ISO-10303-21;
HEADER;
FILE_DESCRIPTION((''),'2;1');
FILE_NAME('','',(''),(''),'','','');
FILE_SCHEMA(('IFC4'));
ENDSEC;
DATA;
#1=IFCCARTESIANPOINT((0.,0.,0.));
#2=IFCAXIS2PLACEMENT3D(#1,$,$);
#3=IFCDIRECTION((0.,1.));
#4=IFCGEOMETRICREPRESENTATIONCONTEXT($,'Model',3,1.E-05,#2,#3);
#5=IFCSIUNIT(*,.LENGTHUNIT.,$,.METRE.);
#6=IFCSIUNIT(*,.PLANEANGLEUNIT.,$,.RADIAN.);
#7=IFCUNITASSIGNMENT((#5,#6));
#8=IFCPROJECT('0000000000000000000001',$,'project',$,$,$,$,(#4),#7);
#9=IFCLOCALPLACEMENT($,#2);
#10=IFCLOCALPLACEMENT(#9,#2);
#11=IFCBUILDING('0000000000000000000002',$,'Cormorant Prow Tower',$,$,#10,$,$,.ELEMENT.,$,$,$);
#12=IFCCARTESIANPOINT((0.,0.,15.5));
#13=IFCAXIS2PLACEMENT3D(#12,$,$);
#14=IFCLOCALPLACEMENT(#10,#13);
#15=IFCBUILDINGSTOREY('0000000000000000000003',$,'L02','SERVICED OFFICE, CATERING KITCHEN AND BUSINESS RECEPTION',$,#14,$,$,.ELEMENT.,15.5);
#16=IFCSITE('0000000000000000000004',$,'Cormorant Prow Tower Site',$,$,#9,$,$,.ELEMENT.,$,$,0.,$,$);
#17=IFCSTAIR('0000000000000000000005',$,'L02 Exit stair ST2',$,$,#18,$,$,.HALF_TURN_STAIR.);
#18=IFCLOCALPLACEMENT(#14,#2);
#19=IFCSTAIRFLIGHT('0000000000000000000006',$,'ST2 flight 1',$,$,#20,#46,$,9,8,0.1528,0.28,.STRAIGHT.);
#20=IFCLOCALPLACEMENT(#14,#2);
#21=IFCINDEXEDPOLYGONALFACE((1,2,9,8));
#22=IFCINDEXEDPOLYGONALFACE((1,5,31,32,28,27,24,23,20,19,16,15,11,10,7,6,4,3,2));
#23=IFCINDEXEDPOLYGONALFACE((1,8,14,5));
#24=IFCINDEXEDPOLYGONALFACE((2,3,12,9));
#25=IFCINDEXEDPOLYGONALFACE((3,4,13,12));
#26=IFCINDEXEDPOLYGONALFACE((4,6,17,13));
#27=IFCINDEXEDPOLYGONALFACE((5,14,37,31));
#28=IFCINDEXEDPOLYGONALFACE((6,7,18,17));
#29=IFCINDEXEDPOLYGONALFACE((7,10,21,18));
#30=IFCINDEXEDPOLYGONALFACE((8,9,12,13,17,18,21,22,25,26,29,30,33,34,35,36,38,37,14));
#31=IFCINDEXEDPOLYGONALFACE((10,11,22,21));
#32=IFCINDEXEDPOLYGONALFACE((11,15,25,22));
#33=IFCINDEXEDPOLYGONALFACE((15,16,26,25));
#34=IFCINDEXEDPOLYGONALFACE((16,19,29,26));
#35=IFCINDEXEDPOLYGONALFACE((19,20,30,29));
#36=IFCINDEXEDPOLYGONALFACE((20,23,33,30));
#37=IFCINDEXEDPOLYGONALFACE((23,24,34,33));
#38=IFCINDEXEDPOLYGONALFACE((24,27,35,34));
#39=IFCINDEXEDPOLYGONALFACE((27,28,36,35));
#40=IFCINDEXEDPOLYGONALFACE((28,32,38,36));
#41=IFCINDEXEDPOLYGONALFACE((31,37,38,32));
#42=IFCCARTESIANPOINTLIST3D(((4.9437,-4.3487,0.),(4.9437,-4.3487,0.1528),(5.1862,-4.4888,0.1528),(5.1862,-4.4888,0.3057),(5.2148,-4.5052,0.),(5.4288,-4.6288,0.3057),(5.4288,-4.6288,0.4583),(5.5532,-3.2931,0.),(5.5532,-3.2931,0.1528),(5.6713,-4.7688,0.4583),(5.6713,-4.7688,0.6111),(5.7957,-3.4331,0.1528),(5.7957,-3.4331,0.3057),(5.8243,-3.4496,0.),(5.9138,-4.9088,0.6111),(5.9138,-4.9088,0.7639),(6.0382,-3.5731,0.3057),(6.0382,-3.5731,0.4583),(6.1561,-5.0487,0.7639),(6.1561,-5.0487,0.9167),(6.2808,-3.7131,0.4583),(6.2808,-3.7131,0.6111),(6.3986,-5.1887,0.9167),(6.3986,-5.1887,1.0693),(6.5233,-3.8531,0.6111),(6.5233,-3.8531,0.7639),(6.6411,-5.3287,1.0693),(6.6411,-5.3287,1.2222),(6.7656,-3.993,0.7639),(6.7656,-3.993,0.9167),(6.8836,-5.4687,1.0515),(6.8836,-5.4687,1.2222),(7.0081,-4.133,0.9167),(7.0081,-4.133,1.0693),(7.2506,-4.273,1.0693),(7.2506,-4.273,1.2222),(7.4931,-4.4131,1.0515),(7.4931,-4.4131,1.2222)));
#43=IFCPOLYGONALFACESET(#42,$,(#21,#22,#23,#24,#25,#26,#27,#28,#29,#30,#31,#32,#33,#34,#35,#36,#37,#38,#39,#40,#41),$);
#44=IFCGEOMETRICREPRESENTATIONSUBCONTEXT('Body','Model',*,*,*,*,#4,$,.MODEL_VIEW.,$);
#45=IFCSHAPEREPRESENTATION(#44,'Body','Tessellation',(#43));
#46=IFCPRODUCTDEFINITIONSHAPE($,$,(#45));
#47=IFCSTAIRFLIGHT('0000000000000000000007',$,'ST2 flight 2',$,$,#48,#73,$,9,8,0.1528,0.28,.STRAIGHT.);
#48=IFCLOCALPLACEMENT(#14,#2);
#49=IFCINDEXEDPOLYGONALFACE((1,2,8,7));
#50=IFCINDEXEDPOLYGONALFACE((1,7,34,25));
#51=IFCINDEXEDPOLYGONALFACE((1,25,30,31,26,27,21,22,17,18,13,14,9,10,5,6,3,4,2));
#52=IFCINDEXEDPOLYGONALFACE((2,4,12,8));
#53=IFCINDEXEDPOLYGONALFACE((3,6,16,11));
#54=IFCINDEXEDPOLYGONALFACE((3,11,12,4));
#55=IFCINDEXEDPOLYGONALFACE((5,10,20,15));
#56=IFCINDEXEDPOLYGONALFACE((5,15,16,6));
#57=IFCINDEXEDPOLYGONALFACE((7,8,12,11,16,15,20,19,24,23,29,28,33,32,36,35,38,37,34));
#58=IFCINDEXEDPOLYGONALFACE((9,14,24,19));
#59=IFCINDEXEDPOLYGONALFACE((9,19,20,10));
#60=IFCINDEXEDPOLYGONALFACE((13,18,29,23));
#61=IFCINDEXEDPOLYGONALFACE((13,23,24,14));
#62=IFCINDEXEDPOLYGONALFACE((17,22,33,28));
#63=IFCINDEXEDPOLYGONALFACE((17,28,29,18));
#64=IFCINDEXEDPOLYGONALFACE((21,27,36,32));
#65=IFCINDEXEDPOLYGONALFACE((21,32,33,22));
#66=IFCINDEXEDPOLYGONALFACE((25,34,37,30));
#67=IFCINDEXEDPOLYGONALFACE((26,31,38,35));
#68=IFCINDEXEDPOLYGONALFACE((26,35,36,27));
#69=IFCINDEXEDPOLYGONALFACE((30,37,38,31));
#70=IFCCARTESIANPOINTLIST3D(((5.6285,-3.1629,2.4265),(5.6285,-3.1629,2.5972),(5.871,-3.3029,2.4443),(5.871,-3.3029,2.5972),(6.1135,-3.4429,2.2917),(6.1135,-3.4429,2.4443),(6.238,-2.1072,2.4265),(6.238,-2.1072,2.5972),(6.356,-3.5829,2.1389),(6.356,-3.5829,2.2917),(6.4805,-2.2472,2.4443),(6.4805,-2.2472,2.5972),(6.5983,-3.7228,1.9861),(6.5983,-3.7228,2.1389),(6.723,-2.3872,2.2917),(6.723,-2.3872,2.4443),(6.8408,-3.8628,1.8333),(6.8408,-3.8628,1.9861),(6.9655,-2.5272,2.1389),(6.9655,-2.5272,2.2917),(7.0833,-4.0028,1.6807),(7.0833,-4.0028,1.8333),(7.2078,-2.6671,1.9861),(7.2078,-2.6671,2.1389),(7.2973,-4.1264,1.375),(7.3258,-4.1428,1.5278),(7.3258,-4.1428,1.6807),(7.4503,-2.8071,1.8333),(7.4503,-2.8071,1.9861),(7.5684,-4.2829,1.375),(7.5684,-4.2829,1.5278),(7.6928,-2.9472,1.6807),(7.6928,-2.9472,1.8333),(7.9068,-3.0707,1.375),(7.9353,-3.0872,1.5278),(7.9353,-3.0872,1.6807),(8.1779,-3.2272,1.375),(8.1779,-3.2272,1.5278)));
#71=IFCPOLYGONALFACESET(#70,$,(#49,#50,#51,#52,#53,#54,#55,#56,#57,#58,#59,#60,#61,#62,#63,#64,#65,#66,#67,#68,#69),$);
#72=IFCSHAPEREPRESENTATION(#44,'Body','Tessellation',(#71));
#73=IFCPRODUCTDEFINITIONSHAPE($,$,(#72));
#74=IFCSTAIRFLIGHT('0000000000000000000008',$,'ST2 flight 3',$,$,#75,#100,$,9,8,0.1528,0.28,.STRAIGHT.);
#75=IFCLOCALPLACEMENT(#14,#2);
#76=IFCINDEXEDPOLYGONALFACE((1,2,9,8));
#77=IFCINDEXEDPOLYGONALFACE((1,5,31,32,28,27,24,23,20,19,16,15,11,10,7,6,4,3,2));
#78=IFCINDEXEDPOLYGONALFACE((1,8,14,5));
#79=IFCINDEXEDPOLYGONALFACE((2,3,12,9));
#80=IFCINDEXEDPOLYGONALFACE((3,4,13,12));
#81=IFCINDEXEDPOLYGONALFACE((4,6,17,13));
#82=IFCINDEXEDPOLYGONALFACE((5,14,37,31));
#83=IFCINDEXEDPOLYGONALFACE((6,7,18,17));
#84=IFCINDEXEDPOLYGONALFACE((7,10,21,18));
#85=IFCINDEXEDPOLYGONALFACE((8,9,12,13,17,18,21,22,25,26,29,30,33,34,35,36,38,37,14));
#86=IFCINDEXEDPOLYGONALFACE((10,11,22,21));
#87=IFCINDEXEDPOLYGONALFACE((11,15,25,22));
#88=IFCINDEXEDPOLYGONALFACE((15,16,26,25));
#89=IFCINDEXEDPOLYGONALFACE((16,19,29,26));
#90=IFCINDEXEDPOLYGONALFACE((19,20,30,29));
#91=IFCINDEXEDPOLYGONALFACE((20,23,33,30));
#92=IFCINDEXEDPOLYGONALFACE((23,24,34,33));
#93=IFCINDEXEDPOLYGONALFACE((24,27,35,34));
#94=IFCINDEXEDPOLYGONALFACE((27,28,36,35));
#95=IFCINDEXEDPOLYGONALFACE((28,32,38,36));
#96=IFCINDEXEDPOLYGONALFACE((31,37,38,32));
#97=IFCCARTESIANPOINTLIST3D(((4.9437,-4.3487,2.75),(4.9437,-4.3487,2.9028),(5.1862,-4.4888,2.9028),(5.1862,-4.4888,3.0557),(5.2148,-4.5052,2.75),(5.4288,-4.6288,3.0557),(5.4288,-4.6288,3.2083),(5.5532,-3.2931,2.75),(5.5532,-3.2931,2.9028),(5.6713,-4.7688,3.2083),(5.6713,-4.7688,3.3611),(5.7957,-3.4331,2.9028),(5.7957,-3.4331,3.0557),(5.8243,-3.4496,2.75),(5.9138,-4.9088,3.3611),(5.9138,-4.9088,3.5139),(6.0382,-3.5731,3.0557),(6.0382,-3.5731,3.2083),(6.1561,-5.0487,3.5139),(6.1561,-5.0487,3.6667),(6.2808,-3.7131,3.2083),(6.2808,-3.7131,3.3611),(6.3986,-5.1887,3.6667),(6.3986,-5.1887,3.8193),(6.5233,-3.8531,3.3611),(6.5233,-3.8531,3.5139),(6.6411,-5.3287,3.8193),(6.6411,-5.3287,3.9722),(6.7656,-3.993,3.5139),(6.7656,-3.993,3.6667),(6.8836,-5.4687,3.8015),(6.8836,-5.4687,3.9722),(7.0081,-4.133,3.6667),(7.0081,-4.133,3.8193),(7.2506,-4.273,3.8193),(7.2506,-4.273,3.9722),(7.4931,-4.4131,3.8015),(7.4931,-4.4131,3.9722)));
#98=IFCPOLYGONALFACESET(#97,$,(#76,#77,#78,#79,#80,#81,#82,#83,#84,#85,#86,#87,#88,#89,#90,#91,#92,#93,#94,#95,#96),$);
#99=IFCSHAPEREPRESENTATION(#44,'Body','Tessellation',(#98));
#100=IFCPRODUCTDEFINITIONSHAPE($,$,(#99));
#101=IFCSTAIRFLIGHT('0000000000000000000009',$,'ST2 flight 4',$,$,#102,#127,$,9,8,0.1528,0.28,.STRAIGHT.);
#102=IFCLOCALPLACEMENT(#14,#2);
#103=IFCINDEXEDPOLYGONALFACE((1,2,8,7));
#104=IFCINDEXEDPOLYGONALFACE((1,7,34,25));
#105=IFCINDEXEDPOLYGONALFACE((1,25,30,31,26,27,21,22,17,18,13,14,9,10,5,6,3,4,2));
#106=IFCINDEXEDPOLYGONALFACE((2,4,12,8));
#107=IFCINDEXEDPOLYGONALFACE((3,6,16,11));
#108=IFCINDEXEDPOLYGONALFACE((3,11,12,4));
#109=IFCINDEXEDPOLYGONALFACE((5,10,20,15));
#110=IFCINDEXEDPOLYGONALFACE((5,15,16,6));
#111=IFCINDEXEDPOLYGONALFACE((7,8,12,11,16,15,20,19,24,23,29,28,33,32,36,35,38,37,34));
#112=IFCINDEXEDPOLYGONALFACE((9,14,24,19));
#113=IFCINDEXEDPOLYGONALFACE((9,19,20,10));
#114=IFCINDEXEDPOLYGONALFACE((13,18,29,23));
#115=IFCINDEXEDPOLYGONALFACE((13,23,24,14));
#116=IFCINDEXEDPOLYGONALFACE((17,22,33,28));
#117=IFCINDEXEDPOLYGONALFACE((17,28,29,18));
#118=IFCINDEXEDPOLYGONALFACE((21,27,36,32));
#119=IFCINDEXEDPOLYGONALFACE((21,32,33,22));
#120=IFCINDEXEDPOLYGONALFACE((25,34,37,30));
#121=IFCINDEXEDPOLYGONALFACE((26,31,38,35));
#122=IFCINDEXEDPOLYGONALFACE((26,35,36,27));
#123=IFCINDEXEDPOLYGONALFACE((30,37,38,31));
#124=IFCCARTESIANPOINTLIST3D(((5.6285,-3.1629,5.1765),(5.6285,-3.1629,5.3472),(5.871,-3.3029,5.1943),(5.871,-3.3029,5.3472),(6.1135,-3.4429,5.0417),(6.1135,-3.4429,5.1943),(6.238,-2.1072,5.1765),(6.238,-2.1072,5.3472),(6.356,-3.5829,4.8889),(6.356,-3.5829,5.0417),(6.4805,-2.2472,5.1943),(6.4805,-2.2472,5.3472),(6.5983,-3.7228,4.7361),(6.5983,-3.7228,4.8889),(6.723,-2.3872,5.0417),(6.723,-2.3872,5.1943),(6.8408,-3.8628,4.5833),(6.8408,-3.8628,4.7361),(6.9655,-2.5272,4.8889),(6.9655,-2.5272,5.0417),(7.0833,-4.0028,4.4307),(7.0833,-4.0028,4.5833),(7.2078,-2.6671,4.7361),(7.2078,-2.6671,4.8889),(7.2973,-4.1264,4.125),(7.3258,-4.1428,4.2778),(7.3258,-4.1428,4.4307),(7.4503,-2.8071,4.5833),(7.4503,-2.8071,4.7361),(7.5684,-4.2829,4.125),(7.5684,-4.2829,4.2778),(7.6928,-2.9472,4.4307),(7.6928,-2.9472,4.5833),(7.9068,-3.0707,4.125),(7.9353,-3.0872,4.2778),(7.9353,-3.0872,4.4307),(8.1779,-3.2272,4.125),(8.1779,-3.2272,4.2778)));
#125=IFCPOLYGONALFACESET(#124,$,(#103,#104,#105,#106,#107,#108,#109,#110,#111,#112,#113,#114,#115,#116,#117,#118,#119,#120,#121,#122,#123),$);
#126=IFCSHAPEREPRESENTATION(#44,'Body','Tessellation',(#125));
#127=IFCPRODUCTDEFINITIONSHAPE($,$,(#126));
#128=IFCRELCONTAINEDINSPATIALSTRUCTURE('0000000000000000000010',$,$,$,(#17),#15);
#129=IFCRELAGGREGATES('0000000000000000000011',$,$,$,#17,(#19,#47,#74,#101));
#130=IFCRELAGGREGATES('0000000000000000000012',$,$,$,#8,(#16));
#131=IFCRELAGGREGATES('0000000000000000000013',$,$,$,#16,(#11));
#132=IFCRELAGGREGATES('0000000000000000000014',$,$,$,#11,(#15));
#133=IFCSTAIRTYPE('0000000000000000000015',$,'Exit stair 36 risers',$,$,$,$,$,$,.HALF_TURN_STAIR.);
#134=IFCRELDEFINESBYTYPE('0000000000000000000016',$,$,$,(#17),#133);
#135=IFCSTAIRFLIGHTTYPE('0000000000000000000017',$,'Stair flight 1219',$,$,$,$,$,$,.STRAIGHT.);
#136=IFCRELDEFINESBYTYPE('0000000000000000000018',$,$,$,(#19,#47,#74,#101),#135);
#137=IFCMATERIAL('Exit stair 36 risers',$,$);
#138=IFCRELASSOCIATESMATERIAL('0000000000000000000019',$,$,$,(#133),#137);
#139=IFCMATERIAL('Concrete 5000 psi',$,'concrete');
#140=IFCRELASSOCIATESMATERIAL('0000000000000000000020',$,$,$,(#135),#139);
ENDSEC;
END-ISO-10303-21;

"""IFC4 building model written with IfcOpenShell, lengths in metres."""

from ifc_helpers import new_model, si_unit, direction, frame, origin, place, context, subcontext, project, spatial, polyline, outline, extrude, material, type_object, element, aggregate, save


model = new_model("IFC4")

# Units and contexts
model_context = context("Model", 3, precision=1e-05, world=origin(), true_north=direction((0.0, 1.0)))
body_context = subcontext(model_context, "Body", "Model", "MODEL_VIEW")
ifc_project = project(units=[si_unit("LENGTHUNIT", "METRE"), si_unit("PLANEANGLEUNIT", "RADIAN")], contexts=[model_context])

# Site, building, storey
site_placement = place(None, origin())
site = spatial("IfcSite", under=ifc_project, at=site_placement, Name="Cormorant Prow Tower Site", CompositionType="ELEMENT", RefElevation=0.0)
building_placement = place(site_placement, origin())
building = spatial("IfcBuilding", under=site, at=building_placement, Name="Cormorant Prow Tower", CompositionType="ELEMENT")
storey_placement = place(building_placement, frame((0.0, 0.0, 15.5)))
storey = spatial("IfcBuildingStorey", under=building, at=storey_placement, Name="L02", Description="SERVICED OFFICE, CATERING KITCHEN AND BUSINESS RECEPTION", CompositionType="ELEMENT", Elevation=15.5)

# Stair, stair flights
ifc_material_1 = material(Name="Exit stair 36 risers")
stair_type = type_object("IfcStairType", Name="Exit stair 36 risers", PredefinedType="HALF_TURN_STAIR", material=ifc_material_1)
stair_placement = place(storey_placement, origin())
stair = element("IfcStair", 1, at=stair_placement, inside=storey, type_object=stair_type, Name="L02 Exit stair ST2", PredefinedType="HALF_TURN_STAIR")
ifc_material_2 = material(Name="Concrete 5000 psi", Category="concrete")
stair_flight_type = type_object("IfcStairFlightType", Name="Stair flight 1219", PredefinedType="STRAIGHT", material=ifc_material_2)
stair_flight_1_placement = place(storey_placement, frame((5.2485, -3.8208, 0.0), z_axis=(0.0, 0.0, 1.0), x_axis=(0.866025, -0.5, 0.0)))
stair_flight_1 = element("IfcStairFlight", 2, at=stair_flight_1_placement, type_object=stair_flight_type, Name="ST2 flight 1", NumberOfRisers=9, NumberOfTreads=8, PredefinedType="STRAIGHT", RiserHeight=0.1528, TreadLength=0.28, context=body_context, shape_type="SweptSolid", body=[
    extrude(outline(polyline([(0.0, 0.0), (0.0, 0.1528), (0.28, 0.1528), (0.28, 0.3057), (0.5601, 0.3057), (0.5601, 0.4583), (0.8401, 0.4583), (0.8401, 0.6111), (1.1201, 0.6111), (1.1201, 0.7639), (1.3999, 0.7639), (1.3999, 0.9167), (1.6799, 0.9167), (1.6799, 1.0693), (1.96, 1.0693), (1.96, 1.2222), (2.24, 1.2222), (2.24, 1.375), (2.24, 1.0515), (0.313, 0.0), (0.0, 0.0)])), frame((0.0, 0.6094, 0.0), z_axis=(0.0, -1.0, 0.0), x_axis=(1.0, 0.0, 0.0)), (0.0, 0.0, 1.0), 1.219),
])
stair_flight_2_placement = place(storey_placement, frame((7.873, -3.7551, 1.375), z_axis=(0.0, 0.0, 1.0), x_axis=(-0.866025, 0.5, 0.0)))
stair_flight_2 = element("IfcStairFlight", 3, at=stair_flight_2_placement, type_object=stair_flight_type, Name="ST2 flight 2", NumberOfRisers=9, NumberOfTreads=8, PredefinedType="STRAIGHT", RiserHeight=0.1528, TreadLength=0.28, context=body_context, shape_type="SweptSolid", body=[
    extrude(outline(polyline([(0.0, 0.0), (0.0, 0.1528), (0.28, 0.1528), (0.28, 0.3057), (0.5601, 0.3057), (0.5601, 0.4583), (0.8401, 0.4583), (0.8401, 0.6111), (1.1201, 0.6111), (1.1201, 0.7639), (1.3999, 0.7639), (1.3999, 0.9167), (1.6799, 0.9167), (1.6799, 1.0693), (1.96, 1.0693), (1.96, 1.2222), (2.24, 1.2222), (2.24, 1.375), (2.24, 1.0515), (0.313, 0.0), (0.0, 0.0)])), frame((0.0, 0.6094, 0.0), z_axis=(0.0, -1.0, 0.0), x_axis=(1.0, 0.0, 0.0)), (0.0, 0.0, 1.0), 1.219),
])
stair_flight_3_placement = place(storey_placement, frame((5.2485, -3.8208, 2.75), z_axis=(0.0, 0.0, 1.0), x_axis=(0.866025, -0.5, 0.0)))
stair_flight_3 = element("IfcStairFlight", 4, at=stair_flight_3_placement, type_object=stair_flight_type, Name="ST2 flight 3", NumberOfRisers=9, NumberOfTreads=8, PredefinedType="STRAIGHT", RiserHeight=0.1528, TreadLength=0.28, context=body_context, shape_type="SweptSolid", body=[
    extrude(outline(polyline([(0.0, 0.0), (0.0, 0.1528), (0.28, 0.1528), (0.28, 0.3057), (0.5601, 0.3057), (0.5601, 0.4583), (0.8401, 0.4583), (0.8401, 0.6111), (1.1201, 0.6111), (1.1201, 0.7639), (1.3999, 0.7639), (1.3999, 0.9167), (1.6799, 0.9167), (1.6799, 1.0693), (1.96, 1.0693), (1.96, 1.2222), (2.24, 1.2222), (2.24, 1.375), (2.24, 1.0515), (0.313, 0.0), (0.0, 0.0)])), frame((0.0, 0.6094, 0.0), z_axis=(0.0, -1.0, 0.0), x_axis=(1.0, 0.0, 0.0)), (0.0, 0.0, 1.0), 1.219),
])
stair_flight_4_placement = place(storey_placement, frame((7.873, -3.7551, 4.125), z_axis=(0.0, 0.0, 1.0), x_axis=(-0.866025, 0.5, 0.0)))
stair_flight_4 = element("IfcStairFlight", 5, at=stair_flight_4_placement, type_object=stair_flight_type, Name="ST2 flight 4", NumberOfRisers=9, NumberOfTreads=8, PredefinedType="STRAIGHT", RiserHeight=0.1528, TreadLength=0.28, context=body_context, shape_type="SweptSolid", body=[
    extrude(outline(polyline([(0.0, 0.0), (0.0, 0.1528), (0.28, 0.1528), (0.28, 0.3057), (0.5601, 0.3057), (0.5601, 0.4583), (0.8401, 0.4583), (0.8401, 0.6111), (1.1201, 0.6111), (1.1201, 0.7639), (1.3999, 0.7639), (1.3999, 0.9167), (1.6799, 0.9167), (1.6799, 1.0693), (1.96, 1.0693), (1.96, 1.2222), (2.24, 1.2222), (2.24, 1.375), (2.24, 1.0515), (0.313, 0.0), (0.0, 0.0)])), frame((0.0, 0.6094, 0.0), z_axis=(0.0, -1.0, 0.0), x_axis=(1.0, 0.0, 0.0)), (0.0, 0.0, 1.0), 1.219),
])
aggregate(stair, [stair_flight_1, stair_flight_2, stair_flight_3, stair_flight_4])

save(model, "model.ifc")
